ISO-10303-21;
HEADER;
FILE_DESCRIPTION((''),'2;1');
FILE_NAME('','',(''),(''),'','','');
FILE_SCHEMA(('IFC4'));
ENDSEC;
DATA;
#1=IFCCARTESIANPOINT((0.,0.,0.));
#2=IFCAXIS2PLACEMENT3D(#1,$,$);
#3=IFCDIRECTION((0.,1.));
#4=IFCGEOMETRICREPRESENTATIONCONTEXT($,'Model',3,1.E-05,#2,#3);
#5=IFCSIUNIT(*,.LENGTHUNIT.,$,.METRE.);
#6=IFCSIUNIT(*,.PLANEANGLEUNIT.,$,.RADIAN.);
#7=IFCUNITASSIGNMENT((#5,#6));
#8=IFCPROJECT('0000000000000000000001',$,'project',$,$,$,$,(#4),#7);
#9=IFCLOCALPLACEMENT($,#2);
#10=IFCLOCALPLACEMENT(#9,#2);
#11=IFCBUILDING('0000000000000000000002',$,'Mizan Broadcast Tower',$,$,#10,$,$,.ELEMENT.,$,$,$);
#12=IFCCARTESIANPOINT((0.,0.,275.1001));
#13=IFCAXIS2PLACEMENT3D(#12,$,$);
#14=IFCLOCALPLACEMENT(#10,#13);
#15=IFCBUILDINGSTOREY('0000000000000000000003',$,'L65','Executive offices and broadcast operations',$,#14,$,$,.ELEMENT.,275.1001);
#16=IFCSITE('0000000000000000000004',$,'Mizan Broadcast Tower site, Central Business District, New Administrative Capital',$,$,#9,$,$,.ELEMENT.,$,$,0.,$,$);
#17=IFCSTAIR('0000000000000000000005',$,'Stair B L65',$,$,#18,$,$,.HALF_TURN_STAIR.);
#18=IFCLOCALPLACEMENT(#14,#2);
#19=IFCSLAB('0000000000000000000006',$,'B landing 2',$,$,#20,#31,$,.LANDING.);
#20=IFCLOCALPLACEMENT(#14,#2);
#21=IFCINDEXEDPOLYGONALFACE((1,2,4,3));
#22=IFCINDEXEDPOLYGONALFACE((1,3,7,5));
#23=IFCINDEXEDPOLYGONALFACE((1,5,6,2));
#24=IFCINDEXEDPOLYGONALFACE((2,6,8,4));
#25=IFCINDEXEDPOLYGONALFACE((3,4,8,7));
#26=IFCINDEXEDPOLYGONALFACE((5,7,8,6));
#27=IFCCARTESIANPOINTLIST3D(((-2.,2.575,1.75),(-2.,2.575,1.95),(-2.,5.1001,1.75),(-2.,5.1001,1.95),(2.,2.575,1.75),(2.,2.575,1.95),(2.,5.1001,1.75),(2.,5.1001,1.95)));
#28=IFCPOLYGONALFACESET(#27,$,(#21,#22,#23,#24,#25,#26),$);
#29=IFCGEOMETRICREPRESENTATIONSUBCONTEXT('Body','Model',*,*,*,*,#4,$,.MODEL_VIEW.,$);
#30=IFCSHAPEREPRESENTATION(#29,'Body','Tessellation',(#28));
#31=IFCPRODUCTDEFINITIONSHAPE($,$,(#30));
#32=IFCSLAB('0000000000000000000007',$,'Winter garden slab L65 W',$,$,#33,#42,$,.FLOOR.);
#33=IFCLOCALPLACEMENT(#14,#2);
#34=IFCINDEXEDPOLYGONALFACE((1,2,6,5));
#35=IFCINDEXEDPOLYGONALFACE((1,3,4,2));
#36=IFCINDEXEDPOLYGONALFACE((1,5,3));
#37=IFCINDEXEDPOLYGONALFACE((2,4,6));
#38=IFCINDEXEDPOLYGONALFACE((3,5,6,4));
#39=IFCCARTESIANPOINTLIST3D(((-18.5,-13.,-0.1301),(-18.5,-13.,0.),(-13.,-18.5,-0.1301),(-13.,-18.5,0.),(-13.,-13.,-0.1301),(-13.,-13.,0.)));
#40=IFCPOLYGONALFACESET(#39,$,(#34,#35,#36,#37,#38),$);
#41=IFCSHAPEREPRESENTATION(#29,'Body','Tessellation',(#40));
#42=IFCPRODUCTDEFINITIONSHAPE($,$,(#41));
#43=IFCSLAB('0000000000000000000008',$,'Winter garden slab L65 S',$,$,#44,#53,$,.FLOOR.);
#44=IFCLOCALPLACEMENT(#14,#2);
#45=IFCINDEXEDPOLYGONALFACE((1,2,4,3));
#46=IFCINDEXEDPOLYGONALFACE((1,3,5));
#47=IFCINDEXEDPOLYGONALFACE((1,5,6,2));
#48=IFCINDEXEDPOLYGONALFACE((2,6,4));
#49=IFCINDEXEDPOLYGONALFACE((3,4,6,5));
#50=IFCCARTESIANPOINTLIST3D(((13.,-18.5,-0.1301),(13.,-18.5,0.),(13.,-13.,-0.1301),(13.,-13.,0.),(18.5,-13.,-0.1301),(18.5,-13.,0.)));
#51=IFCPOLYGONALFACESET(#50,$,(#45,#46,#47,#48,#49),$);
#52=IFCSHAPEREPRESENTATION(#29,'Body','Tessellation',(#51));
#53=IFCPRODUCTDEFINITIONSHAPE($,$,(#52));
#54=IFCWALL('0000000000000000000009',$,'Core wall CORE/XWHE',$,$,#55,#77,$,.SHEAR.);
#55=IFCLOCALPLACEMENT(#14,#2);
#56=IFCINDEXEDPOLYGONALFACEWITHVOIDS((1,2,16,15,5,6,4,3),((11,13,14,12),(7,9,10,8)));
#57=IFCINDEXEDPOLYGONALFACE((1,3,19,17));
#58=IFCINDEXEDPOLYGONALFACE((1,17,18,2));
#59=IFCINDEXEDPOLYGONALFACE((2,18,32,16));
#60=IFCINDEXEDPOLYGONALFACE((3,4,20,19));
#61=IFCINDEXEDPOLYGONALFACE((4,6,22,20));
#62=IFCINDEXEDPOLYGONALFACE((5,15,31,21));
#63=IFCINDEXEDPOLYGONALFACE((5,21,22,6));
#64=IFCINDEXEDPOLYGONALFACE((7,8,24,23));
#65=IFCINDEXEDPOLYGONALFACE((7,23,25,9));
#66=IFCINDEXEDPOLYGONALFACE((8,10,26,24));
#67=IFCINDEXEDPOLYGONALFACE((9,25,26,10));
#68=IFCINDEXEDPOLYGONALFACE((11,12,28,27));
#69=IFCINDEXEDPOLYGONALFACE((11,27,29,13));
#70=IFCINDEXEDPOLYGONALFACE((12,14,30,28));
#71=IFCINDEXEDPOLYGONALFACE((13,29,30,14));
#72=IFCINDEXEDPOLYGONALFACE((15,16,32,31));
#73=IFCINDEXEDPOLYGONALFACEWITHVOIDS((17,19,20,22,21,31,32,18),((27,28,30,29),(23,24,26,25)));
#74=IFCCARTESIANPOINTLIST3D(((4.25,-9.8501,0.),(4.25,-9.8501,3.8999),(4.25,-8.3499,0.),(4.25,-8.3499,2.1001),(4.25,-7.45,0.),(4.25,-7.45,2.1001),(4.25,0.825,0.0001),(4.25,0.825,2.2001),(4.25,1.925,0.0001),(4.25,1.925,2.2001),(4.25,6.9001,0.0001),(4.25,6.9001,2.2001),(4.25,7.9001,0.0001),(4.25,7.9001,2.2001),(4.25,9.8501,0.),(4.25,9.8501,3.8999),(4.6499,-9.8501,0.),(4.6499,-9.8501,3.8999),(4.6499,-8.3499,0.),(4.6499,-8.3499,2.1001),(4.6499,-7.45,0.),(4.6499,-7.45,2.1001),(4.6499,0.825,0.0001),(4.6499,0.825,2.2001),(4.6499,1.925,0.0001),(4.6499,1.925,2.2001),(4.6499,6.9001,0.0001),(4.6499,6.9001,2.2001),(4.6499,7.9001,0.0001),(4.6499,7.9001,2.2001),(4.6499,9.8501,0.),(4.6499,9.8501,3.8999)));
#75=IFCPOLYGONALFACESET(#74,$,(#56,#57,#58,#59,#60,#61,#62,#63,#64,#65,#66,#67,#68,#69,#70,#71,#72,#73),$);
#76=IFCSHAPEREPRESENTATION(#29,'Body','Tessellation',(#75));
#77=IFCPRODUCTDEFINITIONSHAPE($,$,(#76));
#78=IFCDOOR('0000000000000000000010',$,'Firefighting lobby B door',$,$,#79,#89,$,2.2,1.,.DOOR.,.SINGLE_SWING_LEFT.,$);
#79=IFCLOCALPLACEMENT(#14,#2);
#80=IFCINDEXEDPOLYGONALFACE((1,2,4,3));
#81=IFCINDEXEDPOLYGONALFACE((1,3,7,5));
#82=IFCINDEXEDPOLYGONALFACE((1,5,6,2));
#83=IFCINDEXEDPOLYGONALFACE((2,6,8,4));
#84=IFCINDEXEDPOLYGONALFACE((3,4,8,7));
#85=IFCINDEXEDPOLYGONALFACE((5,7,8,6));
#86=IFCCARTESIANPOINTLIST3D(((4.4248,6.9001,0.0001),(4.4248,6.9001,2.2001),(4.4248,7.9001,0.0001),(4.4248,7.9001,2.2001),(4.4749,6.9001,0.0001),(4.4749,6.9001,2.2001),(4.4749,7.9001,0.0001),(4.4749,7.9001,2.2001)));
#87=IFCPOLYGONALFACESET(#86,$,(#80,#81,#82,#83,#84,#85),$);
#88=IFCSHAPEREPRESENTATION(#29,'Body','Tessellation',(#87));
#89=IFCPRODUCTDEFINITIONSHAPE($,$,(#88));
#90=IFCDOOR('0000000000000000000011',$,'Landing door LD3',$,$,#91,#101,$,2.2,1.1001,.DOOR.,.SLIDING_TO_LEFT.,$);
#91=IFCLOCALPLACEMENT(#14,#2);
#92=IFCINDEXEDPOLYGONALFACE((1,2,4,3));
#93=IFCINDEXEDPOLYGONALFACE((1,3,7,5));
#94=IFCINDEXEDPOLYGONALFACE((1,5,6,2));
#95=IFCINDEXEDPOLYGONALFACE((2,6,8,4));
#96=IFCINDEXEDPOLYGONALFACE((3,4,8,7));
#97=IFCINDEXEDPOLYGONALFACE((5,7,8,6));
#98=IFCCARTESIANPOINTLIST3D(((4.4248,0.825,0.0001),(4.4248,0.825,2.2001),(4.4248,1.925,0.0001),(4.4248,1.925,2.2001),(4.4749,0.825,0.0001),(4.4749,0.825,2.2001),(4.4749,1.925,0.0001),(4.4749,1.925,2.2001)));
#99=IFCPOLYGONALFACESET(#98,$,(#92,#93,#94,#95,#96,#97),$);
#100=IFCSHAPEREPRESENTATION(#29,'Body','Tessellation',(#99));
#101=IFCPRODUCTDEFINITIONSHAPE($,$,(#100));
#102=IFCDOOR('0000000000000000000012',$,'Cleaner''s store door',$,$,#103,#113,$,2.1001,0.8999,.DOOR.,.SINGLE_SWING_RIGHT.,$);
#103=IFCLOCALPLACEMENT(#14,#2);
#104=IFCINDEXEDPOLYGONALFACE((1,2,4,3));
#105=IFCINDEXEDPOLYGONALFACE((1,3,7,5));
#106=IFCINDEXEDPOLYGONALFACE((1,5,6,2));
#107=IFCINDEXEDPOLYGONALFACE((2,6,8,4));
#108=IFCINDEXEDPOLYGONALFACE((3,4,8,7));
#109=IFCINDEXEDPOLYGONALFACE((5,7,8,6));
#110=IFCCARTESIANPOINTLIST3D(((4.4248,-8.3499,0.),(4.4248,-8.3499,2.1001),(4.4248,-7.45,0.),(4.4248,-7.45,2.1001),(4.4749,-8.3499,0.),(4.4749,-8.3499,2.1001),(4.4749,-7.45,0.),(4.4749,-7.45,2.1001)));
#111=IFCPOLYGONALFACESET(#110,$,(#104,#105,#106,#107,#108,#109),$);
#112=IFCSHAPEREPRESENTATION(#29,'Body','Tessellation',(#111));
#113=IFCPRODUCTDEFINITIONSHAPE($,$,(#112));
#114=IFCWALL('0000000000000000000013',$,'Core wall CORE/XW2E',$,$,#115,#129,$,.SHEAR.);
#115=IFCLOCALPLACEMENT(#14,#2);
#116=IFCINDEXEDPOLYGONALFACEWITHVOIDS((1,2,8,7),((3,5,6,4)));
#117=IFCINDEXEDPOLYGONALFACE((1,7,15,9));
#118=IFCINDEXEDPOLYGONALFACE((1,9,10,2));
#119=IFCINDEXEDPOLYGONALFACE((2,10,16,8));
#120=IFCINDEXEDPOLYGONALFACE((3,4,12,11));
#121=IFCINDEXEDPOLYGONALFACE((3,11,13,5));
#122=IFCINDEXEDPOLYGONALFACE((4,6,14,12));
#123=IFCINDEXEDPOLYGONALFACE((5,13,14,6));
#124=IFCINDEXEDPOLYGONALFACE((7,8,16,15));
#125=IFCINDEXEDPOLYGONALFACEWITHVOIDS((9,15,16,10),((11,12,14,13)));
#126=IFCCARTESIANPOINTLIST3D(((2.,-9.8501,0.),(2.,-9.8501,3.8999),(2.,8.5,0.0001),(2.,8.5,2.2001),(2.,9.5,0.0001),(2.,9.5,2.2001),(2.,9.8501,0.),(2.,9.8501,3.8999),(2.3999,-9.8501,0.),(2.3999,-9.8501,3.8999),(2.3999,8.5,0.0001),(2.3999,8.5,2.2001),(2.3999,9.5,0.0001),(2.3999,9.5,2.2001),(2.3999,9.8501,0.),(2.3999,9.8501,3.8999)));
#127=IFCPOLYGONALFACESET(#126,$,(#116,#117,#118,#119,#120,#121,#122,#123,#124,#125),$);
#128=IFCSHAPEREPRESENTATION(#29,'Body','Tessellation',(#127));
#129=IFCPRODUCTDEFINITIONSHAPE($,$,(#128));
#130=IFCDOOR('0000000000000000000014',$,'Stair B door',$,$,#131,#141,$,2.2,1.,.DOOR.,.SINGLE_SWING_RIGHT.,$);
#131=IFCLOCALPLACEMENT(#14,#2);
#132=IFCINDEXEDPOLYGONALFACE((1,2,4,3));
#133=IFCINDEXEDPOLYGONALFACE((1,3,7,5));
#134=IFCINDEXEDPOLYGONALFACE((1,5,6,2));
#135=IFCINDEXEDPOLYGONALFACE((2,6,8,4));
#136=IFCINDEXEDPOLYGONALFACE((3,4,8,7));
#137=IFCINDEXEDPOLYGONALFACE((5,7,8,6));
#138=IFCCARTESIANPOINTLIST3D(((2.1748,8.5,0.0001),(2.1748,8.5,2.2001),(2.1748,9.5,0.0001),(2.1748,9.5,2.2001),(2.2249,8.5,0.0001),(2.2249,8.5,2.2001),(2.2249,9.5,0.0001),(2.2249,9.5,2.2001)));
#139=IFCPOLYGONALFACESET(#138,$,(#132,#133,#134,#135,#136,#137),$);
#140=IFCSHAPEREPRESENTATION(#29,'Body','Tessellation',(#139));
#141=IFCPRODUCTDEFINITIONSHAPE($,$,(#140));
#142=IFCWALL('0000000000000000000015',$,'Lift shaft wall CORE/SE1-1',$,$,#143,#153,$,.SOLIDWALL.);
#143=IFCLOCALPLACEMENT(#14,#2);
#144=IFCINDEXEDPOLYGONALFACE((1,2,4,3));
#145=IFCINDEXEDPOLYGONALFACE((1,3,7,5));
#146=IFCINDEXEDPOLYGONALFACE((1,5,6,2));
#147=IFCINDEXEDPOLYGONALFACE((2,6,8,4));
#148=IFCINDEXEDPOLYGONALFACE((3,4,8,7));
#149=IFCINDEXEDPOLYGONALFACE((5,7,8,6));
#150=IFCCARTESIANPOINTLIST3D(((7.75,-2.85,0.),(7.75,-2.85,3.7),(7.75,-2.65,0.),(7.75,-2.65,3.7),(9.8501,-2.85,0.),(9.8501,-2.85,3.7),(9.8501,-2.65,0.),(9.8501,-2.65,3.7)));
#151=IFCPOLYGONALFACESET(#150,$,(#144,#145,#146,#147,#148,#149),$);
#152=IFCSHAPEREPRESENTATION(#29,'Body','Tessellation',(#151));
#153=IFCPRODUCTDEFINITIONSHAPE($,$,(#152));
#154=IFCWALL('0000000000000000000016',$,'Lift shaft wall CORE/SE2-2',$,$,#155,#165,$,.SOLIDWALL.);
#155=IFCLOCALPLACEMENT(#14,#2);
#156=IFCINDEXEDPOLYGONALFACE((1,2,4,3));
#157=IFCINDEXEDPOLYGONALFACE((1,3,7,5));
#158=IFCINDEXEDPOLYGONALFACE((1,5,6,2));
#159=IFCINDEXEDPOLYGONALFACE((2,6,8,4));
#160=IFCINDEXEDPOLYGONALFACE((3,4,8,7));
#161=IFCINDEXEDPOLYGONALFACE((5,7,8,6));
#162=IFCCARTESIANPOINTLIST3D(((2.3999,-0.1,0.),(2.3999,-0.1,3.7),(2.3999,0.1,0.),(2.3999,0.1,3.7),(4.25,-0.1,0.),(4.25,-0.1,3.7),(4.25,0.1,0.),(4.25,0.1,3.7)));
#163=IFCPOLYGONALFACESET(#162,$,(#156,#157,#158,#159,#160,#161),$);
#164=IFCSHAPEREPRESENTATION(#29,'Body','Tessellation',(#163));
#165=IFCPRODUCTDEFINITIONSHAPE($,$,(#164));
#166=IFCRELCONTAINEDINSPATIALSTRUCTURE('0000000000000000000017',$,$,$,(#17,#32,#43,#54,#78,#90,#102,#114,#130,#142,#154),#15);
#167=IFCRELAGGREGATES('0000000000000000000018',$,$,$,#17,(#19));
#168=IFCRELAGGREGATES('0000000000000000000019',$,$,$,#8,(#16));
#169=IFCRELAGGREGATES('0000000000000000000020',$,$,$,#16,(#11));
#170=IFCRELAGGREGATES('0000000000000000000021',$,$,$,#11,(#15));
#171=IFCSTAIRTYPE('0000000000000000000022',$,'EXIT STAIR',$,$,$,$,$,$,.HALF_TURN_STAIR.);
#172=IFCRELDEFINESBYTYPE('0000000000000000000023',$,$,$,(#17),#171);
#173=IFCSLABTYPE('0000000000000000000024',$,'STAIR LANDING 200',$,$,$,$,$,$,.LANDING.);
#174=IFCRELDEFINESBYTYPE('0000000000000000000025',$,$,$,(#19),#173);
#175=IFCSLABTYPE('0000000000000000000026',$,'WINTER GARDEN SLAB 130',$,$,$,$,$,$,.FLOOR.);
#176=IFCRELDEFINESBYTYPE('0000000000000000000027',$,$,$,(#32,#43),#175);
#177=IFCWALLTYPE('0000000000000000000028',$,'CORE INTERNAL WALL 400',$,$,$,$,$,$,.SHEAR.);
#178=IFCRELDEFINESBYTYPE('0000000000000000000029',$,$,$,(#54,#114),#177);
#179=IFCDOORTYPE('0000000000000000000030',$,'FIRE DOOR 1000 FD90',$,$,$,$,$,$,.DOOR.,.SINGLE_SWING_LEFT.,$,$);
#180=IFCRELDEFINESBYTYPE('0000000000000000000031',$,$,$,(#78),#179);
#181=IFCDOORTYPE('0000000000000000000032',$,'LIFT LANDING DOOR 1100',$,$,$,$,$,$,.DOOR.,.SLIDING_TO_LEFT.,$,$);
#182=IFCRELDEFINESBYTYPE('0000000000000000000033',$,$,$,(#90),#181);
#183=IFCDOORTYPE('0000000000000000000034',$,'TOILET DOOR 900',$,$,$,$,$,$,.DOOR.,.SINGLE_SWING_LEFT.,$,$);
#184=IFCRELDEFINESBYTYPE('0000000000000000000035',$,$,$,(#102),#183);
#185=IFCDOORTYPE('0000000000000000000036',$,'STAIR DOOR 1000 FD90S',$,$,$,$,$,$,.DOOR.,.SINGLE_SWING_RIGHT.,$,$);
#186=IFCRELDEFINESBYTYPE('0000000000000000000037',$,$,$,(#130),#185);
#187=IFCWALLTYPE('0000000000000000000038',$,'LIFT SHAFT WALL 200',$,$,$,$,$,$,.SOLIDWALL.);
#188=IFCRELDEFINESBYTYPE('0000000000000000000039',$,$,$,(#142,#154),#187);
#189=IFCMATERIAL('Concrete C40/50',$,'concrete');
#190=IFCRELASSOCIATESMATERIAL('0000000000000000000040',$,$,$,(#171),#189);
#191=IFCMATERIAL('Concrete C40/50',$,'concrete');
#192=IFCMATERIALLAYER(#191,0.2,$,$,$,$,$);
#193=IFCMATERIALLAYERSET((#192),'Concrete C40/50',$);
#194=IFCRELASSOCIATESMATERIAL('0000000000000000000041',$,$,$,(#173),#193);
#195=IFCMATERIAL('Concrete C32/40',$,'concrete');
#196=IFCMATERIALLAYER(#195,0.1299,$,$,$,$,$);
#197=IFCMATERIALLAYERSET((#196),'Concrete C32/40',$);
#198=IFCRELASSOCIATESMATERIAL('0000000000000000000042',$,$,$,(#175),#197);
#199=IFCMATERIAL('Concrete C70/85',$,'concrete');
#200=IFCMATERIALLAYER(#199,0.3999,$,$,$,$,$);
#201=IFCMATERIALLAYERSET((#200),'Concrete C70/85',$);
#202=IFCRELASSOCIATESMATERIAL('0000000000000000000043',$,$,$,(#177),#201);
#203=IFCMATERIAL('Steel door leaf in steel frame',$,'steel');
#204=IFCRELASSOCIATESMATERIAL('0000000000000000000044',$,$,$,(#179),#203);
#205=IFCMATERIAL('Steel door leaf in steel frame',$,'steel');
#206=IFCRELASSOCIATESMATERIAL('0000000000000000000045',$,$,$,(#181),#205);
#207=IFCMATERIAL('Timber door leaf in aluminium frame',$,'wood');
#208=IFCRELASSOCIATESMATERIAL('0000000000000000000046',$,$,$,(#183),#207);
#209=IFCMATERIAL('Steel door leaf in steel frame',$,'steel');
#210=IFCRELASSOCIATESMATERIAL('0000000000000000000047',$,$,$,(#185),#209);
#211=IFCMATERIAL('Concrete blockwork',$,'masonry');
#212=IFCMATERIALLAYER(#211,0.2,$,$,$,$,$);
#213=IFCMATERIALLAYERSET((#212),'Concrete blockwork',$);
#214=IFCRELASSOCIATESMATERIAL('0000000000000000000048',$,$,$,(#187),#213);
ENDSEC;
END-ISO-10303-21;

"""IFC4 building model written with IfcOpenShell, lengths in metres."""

from ifc_helpers import new_model, si_unit, direction, frame, frame_2d, origin, place, context, subcontext, project, spatial, polyline, rectangle, outline, extrude, material, layer, layer_set, type_object, element, fill, aggregate, save


model = new_model("IFC4")

# Units and contexts
model_context = context("Model", 3, precision=1e-05, world=origin(), true_north=direction((0.0, 1.0)))
body_context = subcontext(model_context, "Body", "Model", "MODEL_VIEW")
ifc_project = project(units=[si_unit("LENGTHUNIT", "METRE"), si_unit("PLANEANGLEUNIT", "RADIAN")], contexts=[model_context])

# Site, building, storey
site_placement = place(None, origin())
site = spatial("IfcSite", under=ifc_project, at=site_placement, Name="Mizan Broadcast Tower site, Central Business District, New Administrative Capital", CompositionType="ELEMENT", RefElevation=0.0)
building_placement = place(site_placement, origin())
building = spatial("IfcBuilding", under=site, at=building_placement, Name="Mizan Broadcast Tower", CompositionType="ELEMENT")
storey_placement = place(building_placement, frame((0.0, 0.0, 275.1001)))
storey = spatial("IfcBuildingStorey", under=building, at=storey_placement, Name="L65", Description="Executive offices and broadcast operations", CompositionType="ELEMENT", Elevation=275.1001)

# Stair, slab
ifc_material_1 = material(Name="Concrete C40/50", Category="concrete")
stair_type = type_object("IfcStairType", Name="EXIT STAIR", PredefinedType="HALF_TURN_STAIR", material=ifc_material_1)
ifc_material_2 = material(Name="Concrete C40/50", Category="concrete")
ifc_layer_1 = layer(ifc_material_2, 0.2)
ifc_layer_set_1 = layer_set([ifc_layer_1], Name="Concrete C40/50")
slab_type_1 = type_object("IfcSlabType", Name="STAIR LANDING 200", PredefinedType="LANDING", material=ifc_layer_set_1)
stair_1_placement = place(storey_placement, origin())
stair_1 = element("IfcStair", 1, at=stair_1_placement, inside=storey, type_object=stair_type, Name="Stair B L65", PredefinedType="HALF_TURN_STAIR")
slab_1_placement = place(storey_placement, frame((0.0, 0.0, 1.75)))
slab_1 = element("IfcSlab", 2, at=slab_1_placement, type_object=slab_type_1, Name="B landing 2", PredefinedType="LANDING", context=body_context, shape_type="SweptSolid", body=[
    extrude(outline(polyline([(2.0, 5.1001), (2.0, 2.575), (-2.0, 2.575), (-2.0, 5.1001), (2.0, 5.1001)])), origin(), (0.0, 0.0, 1.0), 0.2),
])

# Slabs
ifc_material_3 = material(Name="Concrete C32/40", Category="concrete")
ifc_layer_2 = layer(ifc_material_3, 0.1299)
ifc_layer_set_2 = layer_set([ifc_layer_2], Name="Concrete C32/40")
slab_type_2 = type_object("IfcSlabType", Name="WINTER GARDEN SLAB 130", PredefinedType="FLOOR", material=ifc_layer_set_2)
slab_2_placement = place(storey_placement, frame((0.0, 0.0, -0.1301)))
element("IfcSlab", 3, at=slab_2_placement, inside=storey, type_object=slab_type_2, Name="Winter garden slab L65 W", PredefinedType="FLOOR", context=body_context, shape_type="SweptSolid", body=[
    extrude(outline(polyline([(-13.0, -13.0), (-18.5, -13.0), (-13.0, -18.5), (-13.0, -13.0)])), origin(), (0.0, 0.0, 1.0), 0.1301),
])
slab_3_placement = place(storey_placement, frame((0.0, 0.0, -0.1301)))
element("IfcSlab", 4, at=slab_3_placement, inside=storey, type_object=slab_type_2, Name="Winter garden slab L65 S", PredefinedType="FLOOR", context=body_context, shape_type="SweptSolid", body=[
    extrude(outline(polyline([(13.0, -13.0), (13.0, -18.5), (18.5, -13.0), (13.0, -13.0)])), origin(), (0.0, 0.0, 1.0), 0.1301),
])

# Wall, openings, doors
ifc_material_4 = material(Name="Concrete C70/85", Category="concrete")
ifc_layer_3 = layer(ifc_material_4, 0.3999)
ifc_layer_set_3 = layer_set([ifc_layer_3], Name="Concrete C70/85")
wall_type_1 = type_object("IfcWallType", Name="CORE INTERNAL WALL 400", PredefinedType="SHEAR", material=ifc_layer_set_3)
wall_1_placement = place(storey_placement, frame((4.45, 9.8501, 0.0), z_axis=(0.0, 0.0, 1.0), x_axis=(0.0, -1.0, 0.0)))
wall_1 = element("IfcWall", 5, at=wall_1_placement, inside=storey, type_object=wall_type_1, Name="Core wall CORE/XWHE", PredefinedType="SHEAR", context=body_context, shape_type="SweptSolid", body=[
    extrude(rectangle(XDim=19.7002, YDim=0.3999, at=frame_2d((9.8501, 0.0))), origin(), (0.0, 0.0, 1.0), 3.8999),
])
opening_1_placement = place(wall_1_placement, frame((1.95, 0.0, 0.0)))
opening_1 = element("IfcOpeningElement", 6, at=opening_1_placement, cuts=wall_1, PredefinedType="OPENING", context=body_context, shape_type="SweptSolid", body=[
    extrude(rectangle(XDim=1.0, YDim=2.2, at=frame_2d((0.5, 1.1001))), frame((0.0, 0.21, 0.0), z_axis=(0.0, -1.0, 0.0), x_axis=(1.0, 0.0, 0.0)), (0.0, 0.0, 1.0), 0.4199),
])
opening_2_placement = place(wall_1_placement, frame((17.3, 0.0, 0.0)))
opening_2 = element("IfcOpeningElement", 7, at=opening_2_placement, cuts=wall_1, PredefinedType="OPENING", context=body_context, shape_type="SweptSolid", body=[
    extrude(rectangle(XDim=0.8999, YDim=2.1001, at=frame_2d((0.45, 1.05))), frame((0.0, 0.21, 0.0), z_axis=(0.0, -1.0, 0.0), x_axis=(1.0, 0.0, 0.0)), (0.0, 0.0, 1.0), 0.4199),
])
opening_3_placement = place(wall_1_placement, frame((7.925, 0.0, 0.0)))
opening_3 = element("IfcOpeningElement", 8, at=opening_3_placement, cuts=wall_1, PredefinedType="OPENING", context=body_context, shape_type="SweptSolid", body=[
    extrude(rectangle(XDim=1.1001, YDim=2.2, at=frame_2d((0.55, 1.1001))), frame((0.0, 0.21, 0.0), z_axis=(0.0, -1.0, 0.0), x_axis=(1.0, 0.0, 0.0)), (0.0, 0.0, 1.0), 0.4199),
])
ifc_material_5 = material(Name="Steel door leaf in steel frame", Category="steel")
door_type_1 = type_object("IfcDoorType", Name="FIRE DOOR 1000 FD90", OperationType="SINGLE_SWING_LEFT", PredefinedType="DOOR", material=ifc_material_5)
door_1_placement = place(opening_1_placement, origin())
door_1 = element("IfcDoor", 9, at=door_1_placement, inside=storey, type_object=door_type_1, Name="Firefighting lobby B door", OperationType="SINGLE_SWING_LEFT", OverallHeight=2.2, OverallWidth=1.0, PredefinedType="DOOR", context=body_context, shape_type="SweptSolid", body=[
    extrude(rectangle(XDim=1.0, YDim=2.2, at=frame_2d((0.5, 1.1001))), frame((0.0, 0.0249, 0.0), z_axis=(0.0, -1.0, 0.0), x_axis=(1.0, 0.0, 0.0)), (0.0, 0.0, 1.0), 0.05),
])
fill(opening_1, door_1)
ifc_material_6 = material(Name="Steel door leaf in steel frame", Category="steel")
door_type_2 = type_object("IfcDoorType", Name="LIFT LANDING DOOR 1100", OperationType="SLIDING_TO_LEFT", PredefinedType="DOOR", material=ifc_material_6)
door_2_placement = place(opening_3_placement, origin())
door_2 = element("IfcDoor", 10, at=door_2_placement, inside=storey, type_object=door_type_2, Name="Landing door LD3", OperationType="SLIDING_TO_LEFT", OverallHeight=2.2, OverallWidth=1.1001, PredefinedType="DOOR", context=body_context, shape_type="SweptSolid", body=[
    extrude(rectangle(XDim=1.1001, YDim=2.2, at=frame_2d((0.55, 1.1001))), frame((0.0, 0.0249, 0.0), z_axis=(0.0, -1.0, 0.0), x_axis=(1.0, 0.0, 0.0)), (0.0, 0.0, 1.0), 0.05),
])
fill(opening_3, door_2)
ifc_material_7 = material(Name="Timber door leaf in aluminium frame", Category="wood")
door_type_3 = type_object("IfcDoorType", Name="TOILET DOOR 900", OperationType="SINGLE_SWING_LEFT", PredefinedType="DOOR", material=ifc_material_7)
door_3_placement = place(opening_2_placement, origin())
door_3 = element("IfcDoor", 11, at=door_3_placement, inside=storey, type_object=door_type_3, Name="Cleaner's store door", OperationType="SINGLE_SWING_RIGHT", OverallHeight=2.1001, OverallWidth=0.8999, PredefinedType="DOOR", context=body_context, shape_type="SweptSolid", body=[
    extrude(rectangle(XDim=0.8999, YDim=2.1001, at=frame_2d((0.45, 1.05))), frame((0.0, 0.0249, 0.0), z_axis=(0.0, -1.0, 0.0), x_axis=(1.0, 0.0, 0.0)), (0.0, 0.0, 1.0), 0.05),
])
fill(opening_2, door_3)

# Wall, opening, door
wall_2_placement = place(storey_placement, frame((2.2, 9.8501, 0.0), z_axis=(0.0, 0.0, 1.0), x_axis=(0.0, -1.0, 0.0)))
wall_2 = element("IfcWall", 12, at=wall_2_placement, inside=storey, type_object=wall_type_1, Name="Core wall CORE/XW2E", PredefinedType="SHEAR", context=body_context, shape_type="SweptSolid", body=[
    extrude(rectangle(XDim=19.7002, YDim=0.3999, at=frame_2d((9.8501, 0.0))), origin(), (0.0, 0.0, 1.0), 3.8999),
])
opening_4_placement = place(wall_2_placement, frame((0.3501, 0.0, 0.0)))
opening_4 = element("IfcOpeningElement", 13, at=opening_4_placement, cuts=wall_2, PredefinedType="OPENING", context=body_context, shape_type="SweptSolid", body=[
    extrude(rectangle(XDim=1.0, YDim=2.2, at=frame_2d((0.5, 1.1001))), frame((0.0, 0.21, 0.0), z_axis=(0.0, -1.0, 0.0), x_axis=(1.0, 0.0, 0.0)), (0.0, 0.0, 1.0), 0.4199),
])
ifc_material_8 = material(Name="Steel door leaf in steel frame", Category="steel")
door_type_4 = type_object("IfcDoorType", Name="STAIR DOOR 1000 FD90S", OperationType="SINGLE_SWING_RIGHT", PredefinedType="DOOR", material=ifc_material_8)
door_4_placement = place(opening_4_placement, origin())
door_4 = element("IfcDoor", 14, at=door_4_placement, inside=storey, type_object=door_type_4, Name="Stair B door", OperationType="SINGLE_SWING_RIGHT", OverallHeight=2.2, OverallWidth=1.0, PredefinedType="DOOR", context=body_context, shape_type="SweptSolid", body=[
    extrude(rectangle(XDim=1.0, YDim=2.2, at=frame_2d((0.5, 1.1001))), frame((0.0, 0.0249, 0.0), z_axis=(0.0, -1.0, 0.0), x_axis=(1.0, 0.0, 0.0)), (0.0, 0.0, 1.0), 0.05),
])
fill(opening_4, door_4)

# Walls
ifc_material_9 = material(Name="Concrete blockwork", Category="masonry")
ifc_layer_4 = layer(ifc_material_9, 0.2)
ifc_layer_set_4 = layer_set([ifc_layer_4], Name="Concrete blockwork")
wall_type_2 = type_object("IfcWallType", Name="LIFT SHAFT WALL 200", PredefinedType="SOLIDWALL", material=ifc_layer_set_4)
wall_3_placement = place(storey_placement, frame((7.75, -2.75, 0.0), z_axis=(0.0, 0.0, 1.0), x_axis=(1.0, 0.0, 0.0)))
element("IfcWall", 15, at=wall_3_placement, inside=storey, type_object=wall_type_2, Name="Lift shaft wall CORE/SE1-1", PredefinedType="SOLIDWALL", context=body_context, shape_type="SweptSolid", body=[
    extrude(rectangle(XDim=2.1001, YDim=0.2, at=frame_2d((1.05, 0.0))), origin(), (0.0, 0.0, 1.0), 3.7),
])
wall_4_placement = place(storey_placement, frame((2.3999, 0.0, 0.0), z_axis=(0.0, 0.0, 1.0), x_axis=(1.0, 0.0, 0.0)))
element("IfcWall", 16, at=wall_4_placement, inside=storey, type_object=wall_type_2, Name="Lift shaft wall CORE/SE2-2", PredefinedType="SOLIDWALL", context=body_context, shape_type="SweptSolid", body=[
    extrude(rectangle(XDim=1.8501, YDim=0.2, at=frame_2d((0.925, 0.0))), origin(), (0.0, 0.0, 1.0), 3.7),
])

aggregate(stair_1, [slab_1])

save(model, "model.ifc")
